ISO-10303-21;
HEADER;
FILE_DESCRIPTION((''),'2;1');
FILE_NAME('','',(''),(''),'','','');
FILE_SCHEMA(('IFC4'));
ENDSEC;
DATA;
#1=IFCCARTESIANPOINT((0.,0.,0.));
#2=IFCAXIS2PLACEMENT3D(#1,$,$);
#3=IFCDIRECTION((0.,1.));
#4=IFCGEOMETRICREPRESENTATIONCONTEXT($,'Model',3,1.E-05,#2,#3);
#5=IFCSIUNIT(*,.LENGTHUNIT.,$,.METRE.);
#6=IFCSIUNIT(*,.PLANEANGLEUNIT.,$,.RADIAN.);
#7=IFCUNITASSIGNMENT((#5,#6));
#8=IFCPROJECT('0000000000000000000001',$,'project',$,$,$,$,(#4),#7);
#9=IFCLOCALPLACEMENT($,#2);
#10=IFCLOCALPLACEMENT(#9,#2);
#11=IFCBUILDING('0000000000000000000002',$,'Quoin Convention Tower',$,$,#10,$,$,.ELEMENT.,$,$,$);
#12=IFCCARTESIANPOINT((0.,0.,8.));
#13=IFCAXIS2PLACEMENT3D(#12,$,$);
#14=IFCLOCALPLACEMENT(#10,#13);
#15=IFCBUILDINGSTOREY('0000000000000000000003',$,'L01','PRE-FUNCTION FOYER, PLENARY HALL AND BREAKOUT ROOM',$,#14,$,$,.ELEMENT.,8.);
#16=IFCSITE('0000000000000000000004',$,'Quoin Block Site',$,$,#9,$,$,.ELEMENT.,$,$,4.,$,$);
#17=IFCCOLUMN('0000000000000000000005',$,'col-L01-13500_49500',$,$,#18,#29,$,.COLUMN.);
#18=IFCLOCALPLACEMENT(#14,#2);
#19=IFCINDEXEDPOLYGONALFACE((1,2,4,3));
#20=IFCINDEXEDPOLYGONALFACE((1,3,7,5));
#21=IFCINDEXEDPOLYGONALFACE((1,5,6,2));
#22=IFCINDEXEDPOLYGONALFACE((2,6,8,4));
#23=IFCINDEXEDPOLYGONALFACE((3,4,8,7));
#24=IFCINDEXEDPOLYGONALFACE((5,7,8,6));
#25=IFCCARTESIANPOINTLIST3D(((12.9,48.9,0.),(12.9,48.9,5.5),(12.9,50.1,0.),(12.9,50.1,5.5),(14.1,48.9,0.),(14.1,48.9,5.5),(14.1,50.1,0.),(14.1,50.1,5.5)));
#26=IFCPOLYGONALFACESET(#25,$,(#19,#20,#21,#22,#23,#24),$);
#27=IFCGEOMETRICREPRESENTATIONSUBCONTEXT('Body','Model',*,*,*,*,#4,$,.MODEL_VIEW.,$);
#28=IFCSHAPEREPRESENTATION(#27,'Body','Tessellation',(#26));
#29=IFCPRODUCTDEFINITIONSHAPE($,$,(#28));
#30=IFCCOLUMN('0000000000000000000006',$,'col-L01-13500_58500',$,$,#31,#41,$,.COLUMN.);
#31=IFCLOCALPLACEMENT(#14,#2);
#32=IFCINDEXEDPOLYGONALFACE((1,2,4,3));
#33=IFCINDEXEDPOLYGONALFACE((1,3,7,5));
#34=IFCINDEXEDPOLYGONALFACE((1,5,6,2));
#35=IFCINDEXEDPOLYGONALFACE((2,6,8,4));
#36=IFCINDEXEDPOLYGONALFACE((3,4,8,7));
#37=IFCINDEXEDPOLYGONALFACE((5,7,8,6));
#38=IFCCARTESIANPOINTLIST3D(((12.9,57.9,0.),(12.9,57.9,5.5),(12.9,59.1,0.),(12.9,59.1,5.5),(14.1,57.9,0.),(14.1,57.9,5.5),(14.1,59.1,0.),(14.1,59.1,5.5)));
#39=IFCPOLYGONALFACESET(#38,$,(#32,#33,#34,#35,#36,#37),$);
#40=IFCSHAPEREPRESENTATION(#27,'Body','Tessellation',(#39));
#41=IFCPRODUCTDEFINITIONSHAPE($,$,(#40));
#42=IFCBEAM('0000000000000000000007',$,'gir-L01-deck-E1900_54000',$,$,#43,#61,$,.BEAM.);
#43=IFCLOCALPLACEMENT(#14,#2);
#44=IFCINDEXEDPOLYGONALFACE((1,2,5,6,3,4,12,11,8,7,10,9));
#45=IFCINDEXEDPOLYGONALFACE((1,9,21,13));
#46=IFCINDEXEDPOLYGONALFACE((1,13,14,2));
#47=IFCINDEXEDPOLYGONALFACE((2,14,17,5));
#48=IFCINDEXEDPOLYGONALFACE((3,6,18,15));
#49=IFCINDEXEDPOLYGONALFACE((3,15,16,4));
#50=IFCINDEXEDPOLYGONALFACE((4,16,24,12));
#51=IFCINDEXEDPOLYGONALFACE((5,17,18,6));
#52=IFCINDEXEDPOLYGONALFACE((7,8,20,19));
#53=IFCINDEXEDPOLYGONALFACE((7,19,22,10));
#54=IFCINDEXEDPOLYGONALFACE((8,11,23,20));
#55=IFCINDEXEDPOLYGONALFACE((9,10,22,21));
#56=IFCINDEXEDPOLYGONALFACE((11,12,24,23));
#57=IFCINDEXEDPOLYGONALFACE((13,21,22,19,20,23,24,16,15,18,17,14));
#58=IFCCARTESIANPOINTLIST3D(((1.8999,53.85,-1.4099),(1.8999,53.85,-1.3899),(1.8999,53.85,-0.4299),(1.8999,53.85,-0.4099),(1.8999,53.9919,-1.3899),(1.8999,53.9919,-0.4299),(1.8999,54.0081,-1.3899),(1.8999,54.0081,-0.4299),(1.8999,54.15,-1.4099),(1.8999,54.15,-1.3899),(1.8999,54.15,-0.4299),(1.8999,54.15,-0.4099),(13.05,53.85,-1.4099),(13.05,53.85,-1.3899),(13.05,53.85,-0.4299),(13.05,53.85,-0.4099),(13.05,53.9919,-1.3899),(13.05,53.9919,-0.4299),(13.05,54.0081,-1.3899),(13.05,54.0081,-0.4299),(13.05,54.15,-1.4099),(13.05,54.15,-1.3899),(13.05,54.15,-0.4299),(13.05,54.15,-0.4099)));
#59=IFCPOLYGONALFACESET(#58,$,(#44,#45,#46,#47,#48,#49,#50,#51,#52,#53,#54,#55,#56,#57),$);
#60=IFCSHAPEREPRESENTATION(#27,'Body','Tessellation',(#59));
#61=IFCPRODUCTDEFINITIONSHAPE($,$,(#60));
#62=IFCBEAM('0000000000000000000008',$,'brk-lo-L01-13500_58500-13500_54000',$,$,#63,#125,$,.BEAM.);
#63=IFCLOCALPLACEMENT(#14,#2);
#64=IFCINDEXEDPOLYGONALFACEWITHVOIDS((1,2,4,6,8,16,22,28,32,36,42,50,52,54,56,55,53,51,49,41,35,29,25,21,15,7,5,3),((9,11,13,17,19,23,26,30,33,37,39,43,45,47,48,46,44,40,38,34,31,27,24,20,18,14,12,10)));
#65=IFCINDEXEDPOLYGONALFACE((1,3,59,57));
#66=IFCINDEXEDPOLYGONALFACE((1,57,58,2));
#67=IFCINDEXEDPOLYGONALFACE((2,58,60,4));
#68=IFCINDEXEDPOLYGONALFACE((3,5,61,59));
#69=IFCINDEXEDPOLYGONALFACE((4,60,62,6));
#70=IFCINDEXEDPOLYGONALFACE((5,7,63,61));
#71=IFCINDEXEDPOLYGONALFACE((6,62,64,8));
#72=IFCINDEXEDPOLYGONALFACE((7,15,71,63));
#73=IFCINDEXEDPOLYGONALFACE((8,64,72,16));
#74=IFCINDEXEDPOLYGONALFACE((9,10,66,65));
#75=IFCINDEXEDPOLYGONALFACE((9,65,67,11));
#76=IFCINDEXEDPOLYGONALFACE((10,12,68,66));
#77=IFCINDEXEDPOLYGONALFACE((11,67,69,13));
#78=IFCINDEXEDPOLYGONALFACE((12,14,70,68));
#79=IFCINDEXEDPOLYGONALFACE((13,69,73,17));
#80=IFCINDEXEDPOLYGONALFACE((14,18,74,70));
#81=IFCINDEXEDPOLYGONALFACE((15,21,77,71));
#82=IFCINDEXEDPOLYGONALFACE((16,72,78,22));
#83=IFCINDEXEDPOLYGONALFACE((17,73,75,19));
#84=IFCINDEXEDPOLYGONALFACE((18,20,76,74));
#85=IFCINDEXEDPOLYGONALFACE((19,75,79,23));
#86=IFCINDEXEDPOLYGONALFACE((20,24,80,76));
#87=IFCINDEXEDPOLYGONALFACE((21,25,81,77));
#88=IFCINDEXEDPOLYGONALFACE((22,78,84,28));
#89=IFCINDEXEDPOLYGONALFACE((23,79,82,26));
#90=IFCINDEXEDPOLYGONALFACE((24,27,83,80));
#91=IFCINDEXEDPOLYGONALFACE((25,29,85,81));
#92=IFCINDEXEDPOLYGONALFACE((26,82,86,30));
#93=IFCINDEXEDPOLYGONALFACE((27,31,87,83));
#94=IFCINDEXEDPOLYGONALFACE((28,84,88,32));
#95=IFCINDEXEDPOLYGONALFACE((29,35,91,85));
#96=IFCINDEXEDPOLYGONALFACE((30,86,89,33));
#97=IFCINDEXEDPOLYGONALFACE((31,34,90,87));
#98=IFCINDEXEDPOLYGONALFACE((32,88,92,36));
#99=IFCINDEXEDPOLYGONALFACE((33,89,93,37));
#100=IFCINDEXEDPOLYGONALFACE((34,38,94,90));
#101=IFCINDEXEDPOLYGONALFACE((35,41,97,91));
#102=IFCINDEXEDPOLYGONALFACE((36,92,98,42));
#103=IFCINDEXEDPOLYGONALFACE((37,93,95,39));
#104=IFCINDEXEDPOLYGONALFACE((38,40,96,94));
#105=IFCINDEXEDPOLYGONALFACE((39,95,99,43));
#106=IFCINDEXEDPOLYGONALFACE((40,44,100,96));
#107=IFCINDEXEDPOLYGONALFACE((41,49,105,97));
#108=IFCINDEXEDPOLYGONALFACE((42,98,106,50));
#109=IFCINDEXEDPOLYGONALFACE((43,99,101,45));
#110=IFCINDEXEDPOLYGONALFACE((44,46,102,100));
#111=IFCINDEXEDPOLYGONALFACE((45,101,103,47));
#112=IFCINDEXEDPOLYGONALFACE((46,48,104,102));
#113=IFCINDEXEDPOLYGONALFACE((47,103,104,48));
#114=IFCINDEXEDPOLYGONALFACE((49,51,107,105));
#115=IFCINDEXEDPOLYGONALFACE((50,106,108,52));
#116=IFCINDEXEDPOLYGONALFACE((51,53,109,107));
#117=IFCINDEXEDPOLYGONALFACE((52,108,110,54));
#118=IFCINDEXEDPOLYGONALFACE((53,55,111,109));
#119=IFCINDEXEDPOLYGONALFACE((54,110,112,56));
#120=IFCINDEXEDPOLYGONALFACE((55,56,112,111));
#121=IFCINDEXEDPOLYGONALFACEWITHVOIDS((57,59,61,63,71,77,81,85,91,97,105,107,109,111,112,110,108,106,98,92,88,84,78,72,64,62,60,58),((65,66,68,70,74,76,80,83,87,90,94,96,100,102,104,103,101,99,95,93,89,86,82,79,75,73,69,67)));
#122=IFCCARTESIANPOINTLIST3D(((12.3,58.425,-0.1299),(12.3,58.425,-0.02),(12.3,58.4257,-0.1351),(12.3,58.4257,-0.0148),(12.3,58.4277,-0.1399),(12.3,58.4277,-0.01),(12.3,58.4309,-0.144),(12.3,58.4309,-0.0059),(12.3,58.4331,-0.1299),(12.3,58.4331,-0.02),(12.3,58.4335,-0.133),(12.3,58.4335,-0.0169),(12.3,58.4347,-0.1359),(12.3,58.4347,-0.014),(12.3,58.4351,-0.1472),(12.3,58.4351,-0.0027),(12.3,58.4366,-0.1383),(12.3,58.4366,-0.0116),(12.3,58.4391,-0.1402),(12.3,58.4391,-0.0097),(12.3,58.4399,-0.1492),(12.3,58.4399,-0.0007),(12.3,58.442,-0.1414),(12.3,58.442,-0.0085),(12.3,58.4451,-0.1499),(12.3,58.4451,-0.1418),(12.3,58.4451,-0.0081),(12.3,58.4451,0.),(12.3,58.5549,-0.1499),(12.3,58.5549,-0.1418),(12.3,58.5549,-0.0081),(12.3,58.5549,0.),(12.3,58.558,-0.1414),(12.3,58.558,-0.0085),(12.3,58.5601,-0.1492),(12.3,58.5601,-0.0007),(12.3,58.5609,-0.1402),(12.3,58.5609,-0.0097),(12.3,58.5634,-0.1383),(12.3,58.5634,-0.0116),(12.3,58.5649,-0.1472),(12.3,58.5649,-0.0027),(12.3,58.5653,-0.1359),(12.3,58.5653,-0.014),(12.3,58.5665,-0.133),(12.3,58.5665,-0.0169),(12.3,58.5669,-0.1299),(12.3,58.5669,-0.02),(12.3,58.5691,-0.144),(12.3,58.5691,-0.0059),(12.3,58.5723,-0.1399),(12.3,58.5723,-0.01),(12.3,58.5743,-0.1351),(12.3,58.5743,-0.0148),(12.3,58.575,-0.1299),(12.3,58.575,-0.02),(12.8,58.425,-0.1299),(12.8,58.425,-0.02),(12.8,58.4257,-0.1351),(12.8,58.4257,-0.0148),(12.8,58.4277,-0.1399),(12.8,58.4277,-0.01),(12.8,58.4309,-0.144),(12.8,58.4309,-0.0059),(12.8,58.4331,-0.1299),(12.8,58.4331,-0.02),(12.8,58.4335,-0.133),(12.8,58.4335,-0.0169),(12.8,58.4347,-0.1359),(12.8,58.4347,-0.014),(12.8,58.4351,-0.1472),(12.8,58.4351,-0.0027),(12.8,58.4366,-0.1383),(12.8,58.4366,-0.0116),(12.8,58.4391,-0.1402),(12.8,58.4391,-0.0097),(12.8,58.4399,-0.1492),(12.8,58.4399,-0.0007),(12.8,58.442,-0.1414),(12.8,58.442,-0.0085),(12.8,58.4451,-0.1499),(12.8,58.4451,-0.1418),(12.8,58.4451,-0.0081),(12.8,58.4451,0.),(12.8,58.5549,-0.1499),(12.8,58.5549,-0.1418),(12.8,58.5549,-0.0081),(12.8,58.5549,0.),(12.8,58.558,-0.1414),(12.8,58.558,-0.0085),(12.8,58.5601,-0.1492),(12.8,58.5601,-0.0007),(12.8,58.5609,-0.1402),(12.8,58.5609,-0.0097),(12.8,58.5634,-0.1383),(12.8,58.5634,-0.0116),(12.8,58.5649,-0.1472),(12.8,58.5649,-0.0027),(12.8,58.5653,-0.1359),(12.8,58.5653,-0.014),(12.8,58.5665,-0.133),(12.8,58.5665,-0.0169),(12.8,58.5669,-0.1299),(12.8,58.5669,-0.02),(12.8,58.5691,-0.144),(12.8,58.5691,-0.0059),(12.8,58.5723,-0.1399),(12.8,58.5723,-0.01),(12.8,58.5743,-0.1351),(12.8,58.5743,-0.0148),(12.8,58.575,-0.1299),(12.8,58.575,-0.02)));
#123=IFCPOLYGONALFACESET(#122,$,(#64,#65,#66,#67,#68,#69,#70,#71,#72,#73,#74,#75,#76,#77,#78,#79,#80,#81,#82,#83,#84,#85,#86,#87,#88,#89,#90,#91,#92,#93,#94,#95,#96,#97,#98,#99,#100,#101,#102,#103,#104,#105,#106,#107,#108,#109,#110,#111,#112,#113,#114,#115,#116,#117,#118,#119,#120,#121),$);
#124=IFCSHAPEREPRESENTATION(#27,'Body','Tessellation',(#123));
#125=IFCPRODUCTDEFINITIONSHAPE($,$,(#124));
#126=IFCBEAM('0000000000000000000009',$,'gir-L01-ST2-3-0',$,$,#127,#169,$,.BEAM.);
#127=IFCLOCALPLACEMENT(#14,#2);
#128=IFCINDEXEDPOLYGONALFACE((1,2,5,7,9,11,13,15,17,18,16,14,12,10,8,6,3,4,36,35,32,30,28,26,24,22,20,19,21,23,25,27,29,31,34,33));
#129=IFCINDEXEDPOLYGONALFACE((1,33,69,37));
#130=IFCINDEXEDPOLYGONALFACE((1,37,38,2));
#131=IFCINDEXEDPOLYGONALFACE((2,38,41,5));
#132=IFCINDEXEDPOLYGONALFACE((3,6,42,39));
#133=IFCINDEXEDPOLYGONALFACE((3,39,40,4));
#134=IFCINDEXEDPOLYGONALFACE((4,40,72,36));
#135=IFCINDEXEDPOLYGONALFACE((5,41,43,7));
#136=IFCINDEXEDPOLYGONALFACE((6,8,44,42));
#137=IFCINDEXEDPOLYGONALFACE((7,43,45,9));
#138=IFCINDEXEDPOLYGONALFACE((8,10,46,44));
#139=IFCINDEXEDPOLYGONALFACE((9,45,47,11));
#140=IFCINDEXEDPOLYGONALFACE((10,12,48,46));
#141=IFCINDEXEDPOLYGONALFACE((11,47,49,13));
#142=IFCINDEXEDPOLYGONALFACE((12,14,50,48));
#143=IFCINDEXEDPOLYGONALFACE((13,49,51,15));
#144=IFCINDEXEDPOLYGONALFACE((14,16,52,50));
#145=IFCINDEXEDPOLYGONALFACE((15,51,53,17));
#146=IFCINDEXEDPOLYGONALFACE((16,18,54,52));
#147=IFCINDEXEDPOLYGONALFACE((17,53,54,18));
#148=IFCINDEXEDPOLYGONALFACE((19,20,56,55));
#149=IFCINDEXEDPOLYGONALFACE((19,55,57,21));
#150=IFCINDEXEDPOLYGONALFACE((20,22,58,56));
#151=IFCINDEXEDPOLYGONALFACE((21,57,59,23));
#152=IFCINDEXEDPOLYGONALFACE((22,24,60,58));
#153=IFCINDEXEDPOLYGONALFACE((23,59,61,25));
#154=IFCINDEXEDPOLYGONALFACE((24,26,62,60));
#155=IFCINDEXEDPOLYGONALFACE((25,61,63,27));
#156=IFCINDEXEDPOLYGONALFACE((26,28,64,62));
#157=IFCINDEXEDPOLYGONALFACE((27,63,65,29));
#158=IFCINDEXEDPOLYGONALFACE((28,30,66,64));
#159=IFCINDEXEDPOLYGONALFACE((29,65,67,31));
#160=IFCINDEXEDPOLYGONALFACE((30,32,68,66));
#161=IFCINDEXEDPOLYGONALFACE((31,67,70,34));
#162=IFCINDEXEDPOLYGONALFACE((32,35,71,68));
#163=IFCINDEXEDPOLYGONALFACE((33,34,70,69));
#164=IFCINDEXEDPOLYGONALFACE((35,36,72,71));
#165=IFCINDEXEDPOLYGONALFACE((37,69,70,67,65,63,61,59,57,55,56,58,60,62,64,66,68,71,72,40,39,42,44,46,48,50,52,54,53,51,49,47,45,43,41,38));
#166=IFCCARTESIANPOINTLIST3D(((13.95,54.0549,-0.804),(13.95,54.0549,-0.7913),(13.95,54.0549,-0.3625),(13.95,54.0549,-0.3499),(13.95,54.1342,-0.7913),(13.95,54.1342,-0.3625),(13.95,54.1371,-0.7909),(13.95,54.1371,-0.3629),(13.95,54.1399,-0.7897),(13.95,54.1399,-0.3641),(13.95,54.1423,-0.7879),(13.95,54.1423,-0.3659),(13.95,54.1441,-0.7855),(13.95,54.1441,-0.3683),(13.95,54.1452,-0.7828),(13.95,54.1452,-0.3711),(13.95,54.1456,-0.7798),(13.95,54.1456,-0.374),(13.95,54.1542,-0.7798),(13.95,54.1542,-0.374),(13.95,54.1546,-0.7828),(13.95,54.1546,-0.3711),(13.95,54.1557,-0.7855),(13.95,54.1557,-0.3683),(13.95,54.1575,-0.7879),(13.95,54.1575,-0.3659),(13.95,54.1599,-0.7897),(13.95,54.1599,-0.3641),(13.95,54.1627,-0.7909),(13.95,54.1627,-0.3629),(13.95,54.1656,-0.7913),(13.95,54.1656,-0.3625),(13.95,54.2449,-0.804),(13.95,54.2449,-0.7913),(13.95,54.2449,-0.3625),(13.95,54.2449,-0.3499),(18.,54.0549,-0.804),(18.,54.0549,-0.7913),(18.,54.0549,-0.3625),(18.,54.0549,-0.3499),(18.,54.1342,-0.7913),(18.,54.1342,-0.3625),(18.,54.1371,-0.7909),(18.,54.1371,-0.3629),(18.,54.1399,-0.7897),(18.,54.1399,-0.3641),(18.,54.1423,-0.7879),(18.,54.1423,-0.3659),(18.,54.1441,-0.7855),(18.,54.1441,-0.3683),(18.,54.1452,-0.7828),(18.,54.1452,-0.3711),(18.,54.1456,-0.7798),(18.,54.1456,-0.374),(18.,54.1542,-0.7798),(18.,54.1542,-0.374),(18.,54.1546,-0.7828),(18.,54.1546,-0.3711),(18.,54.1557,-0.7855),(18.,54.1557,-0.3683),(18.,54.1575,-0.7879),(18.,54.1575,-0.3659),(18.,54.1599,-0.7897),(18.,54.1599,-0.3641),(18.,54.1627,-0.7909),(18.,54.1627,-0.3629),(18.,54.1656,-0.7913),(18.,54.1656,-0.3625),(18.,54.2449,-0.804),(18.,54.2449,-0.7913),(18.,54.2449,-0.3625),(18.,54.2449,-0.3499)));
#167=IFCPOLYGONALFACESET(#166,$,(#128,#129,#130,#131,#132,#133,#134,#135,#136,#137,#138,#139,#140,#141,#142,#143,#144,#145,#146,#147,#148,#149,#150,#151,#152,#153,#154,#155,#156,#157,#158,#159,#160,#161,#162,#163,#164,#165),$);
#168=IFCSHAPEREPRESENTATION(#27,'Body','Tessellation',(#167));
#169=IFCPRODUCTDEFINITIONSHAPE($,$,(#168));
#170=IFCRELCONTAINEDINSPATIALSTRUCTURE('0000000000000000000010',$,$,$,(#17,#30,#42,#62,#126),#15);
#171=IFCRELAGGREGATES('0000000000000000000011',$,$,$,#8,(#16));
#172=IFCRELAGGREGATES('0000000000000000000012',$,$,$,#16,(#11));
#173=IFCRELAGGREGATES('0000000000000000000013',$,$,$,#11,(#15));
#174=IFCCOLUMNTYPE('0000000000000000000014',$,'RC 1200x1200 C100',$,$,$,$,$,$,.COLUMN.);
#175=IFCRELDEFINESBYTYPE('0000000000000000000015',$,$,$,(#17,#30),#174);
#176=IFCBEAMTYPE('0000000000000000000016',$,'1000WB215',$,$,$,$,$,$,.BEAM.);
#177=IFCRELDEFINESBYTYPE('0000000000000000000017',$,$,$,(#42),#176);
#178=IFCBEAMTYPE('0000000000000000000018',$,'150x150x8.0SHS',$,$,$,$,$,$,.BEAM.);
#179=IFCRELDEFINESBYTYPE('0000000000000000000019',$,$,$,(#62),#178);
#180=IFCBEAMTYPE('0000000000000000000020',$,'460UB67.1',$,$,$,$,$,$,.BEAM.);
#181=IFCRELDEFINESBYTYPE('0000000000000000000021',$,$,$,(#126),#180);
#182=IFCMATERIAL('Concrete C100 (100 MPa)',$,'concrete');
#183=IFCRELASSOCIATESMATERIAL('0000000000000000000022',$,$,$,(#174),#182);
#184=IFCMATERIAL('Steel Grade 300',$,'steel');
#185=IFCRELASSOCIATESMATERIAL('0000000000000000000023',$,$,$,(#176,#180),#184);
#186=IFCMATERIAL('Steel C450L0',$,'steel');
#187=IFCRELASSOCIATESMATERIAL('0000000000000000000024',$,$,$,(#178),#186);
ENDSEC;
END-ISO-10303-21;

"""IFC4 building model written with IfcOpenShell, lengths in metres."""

from ifc_helpers import new_model, si_unit, direction, frame, origin, origin_2d, place, context, subcontext, project, spatial, rectangle, hollow_rectangle, i_section, extrude, material, material_profile, profile_set, type_object, element, save


model = new_model("IFC4")

# Units and contexts
model_context = context("Model", 3, precision=1e-05, world=origin(), true_north=direction((0.0, 1.0)))
body_context = subcontext(model_context, "Body", "Model", "MODEL_VIEW")
ifc_project = project(units=[si_unit("LENGTHUNIT", "METRE"), si_unit("PLANEANGLEUNIT", "RADIAN")], contexts=[model_context])

# Site, building, storey
site_placement = place(None, origin())
site = spatial("IfcSite", under=ifc_project, at=site_placement, Name="Quoin Block Site", CompositionType="ELEMENT", RefElevation=4.0)
building_placement = place(site_placement, origin())
building = spatial("IfcBuilding", under=site, at=building_placement, Name="Quoin Convention Tower", CompositionType="ELEMENT")
storey_placement = place(building_placement, frame((0.0, 0.0, 8.0)))
storey = spatial("IfcBuildingStorey", under=building, at=storey_placement, Name="L01", Description="PRE-FUNCTION FOYER, PLENARY HALL AND BREAKOUT ROOM", CompositionType="ELEMENT", Elevation=8.0)

# Columns
ifc_material_1 = material(Name="Concrete C100 (100 MPa)", Category="concrete")
ifc_material_profile_1 = material_profile(ifc_material_1, rectangle(XDim=1.2, YDim=1.2, at=origin_2d()), Name="RC 1200x1200")
ifc_profile_set_1 = profile_set([ifc_material_profile_1], Name="Concrete C100 (100 MPa)")
column_type = type_object("IfcColumnType", Name="RC 1200x1200 C100", PredefinedType="COLUMN", material=ifc_profile_set_1)
for number, where, z_axis, x_axis, name in (
    (1, (13.5, 49.5, 0.0), (0.0, 0.0, 1.0), (1.0, 0.0, 0.0), "col-L01-13500_49500"),
    (2, (13.5, 58.5, 0.0), (0.0, 0.0, 1.0), (1.0, 0.0, 0.0), "col-L01-13500_58500"),
):
    element("IfcColumn", number, at=place(storey_placement, frame(where, z_axis=z_axis, x_axis=x_axis)), inside=storey, type_object=column_type, Name=name, PredefinedType="COLUMN", context=body_context, shape_type="SweptSolid", body=[
        extrude(rectangle(XDim=1.2, YDim=1.2, at=origin_2d()), origin(), (0.0, 0.0, 1.0), 5.5),
    ])

# Beams
ifc_material_2 = material(Name="Steel Grade 300", Category="steel")
ifc_material_profile_2 = material_profile(ifc_material_2, i_section(OverallWidth=0.3, OverallDepth=1.0, WebThickness=0.0161, FlangeThickness=0.02, at=origin_2d()), Name="1000WB215")
ifc_profile_set_2 = profile_set([ifc_material_profile_2], Name="Steel Grade 300")
beam_type_1 = type_object("IfcBeamType", Name="1000WB215", PredefinedType="BEAM", material=ifc_profile_set_2)
beam_1_placement = place(storey_placement, frame((1.8999, 54.0, -0.9099), z_axis=(1.0, 0.0, 0.0), x_axis=(0.0, 1.0, 0.0)))
element("IfcBeam", 3, at=beam_1_placement, inside=storey, type_object=beam_type_1, Name="gir-L01-deck-E1900_54000", PredefinedType="BEAM", context=body_context, shape_type="SweptSolid", body=[
    extrude(i_section(OverallWidth=0.3, OverallDepth=1.0, WebThickness=0.0161, FlangeThickness=0.02, at=origin_2d()), origin(), (0.0, 0.0, 1.0), 11.1501),
])
ifc_material_3 = material(Name="Steel C450L0", Category="steel")
ifc_material_profile_3 = material_profile(ifc_material_3, hollow_rectangle(XDim=0.1499, YDim=0.1499, WallThickness=0.0081, InnerFilletRadius=0.012, OuterFilletRadius=0.02, at=origin_2d()), Name="150x150x8.0SHS")
ifc_profile_set_3 = profile_set([ifc_material_profile_3], Name="Steel C450L0")
beam_type_2 = type_object("IfcBeamType", Name="150x150x8.0SHS", PredefinedType="BEAM", material=ifc_profile_set_3)
beam_2_placement = place(storey_placement, frame((12.8, 58.5, -0.075), z_axis=(-1.0, 0.0, 0.0), x_axis=(0.0, -1.0, 0.0)))
element("IfcBeam", 4, at=beam_2_placement, inside=storey, type_object=beam_type_2, Name="brk-lo-L01-13500_58500-13500_54000", PredefinedType="BEAM", context=body_context, shape_type="SweptSolid", body=[
    extrude(hollow_rectangle(XDim=0.1499, YDim=0.1499, WallThickness=0.0081, InnerFilletRadius=0.012, OuterFilletRadius=0.02, at=origin_2d()), origin(), (0.0, 0.0, 1.0), 0.5),
])
ifc_material_profile_4 = material_profile(ifc_material_2, i_section(OverallWidth=0.1899, OverallDepth=0.4541, WebThickness=0.0085, FlangeThickness=0.0127, FilletRadius=0.0115, at=origin_2d()), Name="460UB67.1")
ifc_profile_set_4 = profile_set([ifc_material_profile_4], Name="Steel Grade 300")
beam_type_3 = type_object("IfcBeamType", Name="460UB67.1", PredefinedType="BEAM", material=ifc_profile_set_4)
beam_3_placement = place(storey_placement, frame((13.95, 54.1499, -0.5769), z_axis=(1.0, 0.0, 0.0), x_axis=(0.0, 1.0, 0.0)))
element("IfcBeam", 5, at=beam_3_placement, inside=storey, type_object=beam_type_3, Name="gir-L01-ST2-3-0", PredefinedType="BEAM", context=body_context, shape_type="SweptSolid", body=[
    extrude(i_section(OverallWidth=0.1899, OverallDepth=0.4541, WebThickness=0.0085, FlangeThickness=0.0127, FilletRadius=0.0115, at=origin_2d()), origin(), (0.0, 0.0, 1.0), 4.05),
])

save(model, "model.ifc")
